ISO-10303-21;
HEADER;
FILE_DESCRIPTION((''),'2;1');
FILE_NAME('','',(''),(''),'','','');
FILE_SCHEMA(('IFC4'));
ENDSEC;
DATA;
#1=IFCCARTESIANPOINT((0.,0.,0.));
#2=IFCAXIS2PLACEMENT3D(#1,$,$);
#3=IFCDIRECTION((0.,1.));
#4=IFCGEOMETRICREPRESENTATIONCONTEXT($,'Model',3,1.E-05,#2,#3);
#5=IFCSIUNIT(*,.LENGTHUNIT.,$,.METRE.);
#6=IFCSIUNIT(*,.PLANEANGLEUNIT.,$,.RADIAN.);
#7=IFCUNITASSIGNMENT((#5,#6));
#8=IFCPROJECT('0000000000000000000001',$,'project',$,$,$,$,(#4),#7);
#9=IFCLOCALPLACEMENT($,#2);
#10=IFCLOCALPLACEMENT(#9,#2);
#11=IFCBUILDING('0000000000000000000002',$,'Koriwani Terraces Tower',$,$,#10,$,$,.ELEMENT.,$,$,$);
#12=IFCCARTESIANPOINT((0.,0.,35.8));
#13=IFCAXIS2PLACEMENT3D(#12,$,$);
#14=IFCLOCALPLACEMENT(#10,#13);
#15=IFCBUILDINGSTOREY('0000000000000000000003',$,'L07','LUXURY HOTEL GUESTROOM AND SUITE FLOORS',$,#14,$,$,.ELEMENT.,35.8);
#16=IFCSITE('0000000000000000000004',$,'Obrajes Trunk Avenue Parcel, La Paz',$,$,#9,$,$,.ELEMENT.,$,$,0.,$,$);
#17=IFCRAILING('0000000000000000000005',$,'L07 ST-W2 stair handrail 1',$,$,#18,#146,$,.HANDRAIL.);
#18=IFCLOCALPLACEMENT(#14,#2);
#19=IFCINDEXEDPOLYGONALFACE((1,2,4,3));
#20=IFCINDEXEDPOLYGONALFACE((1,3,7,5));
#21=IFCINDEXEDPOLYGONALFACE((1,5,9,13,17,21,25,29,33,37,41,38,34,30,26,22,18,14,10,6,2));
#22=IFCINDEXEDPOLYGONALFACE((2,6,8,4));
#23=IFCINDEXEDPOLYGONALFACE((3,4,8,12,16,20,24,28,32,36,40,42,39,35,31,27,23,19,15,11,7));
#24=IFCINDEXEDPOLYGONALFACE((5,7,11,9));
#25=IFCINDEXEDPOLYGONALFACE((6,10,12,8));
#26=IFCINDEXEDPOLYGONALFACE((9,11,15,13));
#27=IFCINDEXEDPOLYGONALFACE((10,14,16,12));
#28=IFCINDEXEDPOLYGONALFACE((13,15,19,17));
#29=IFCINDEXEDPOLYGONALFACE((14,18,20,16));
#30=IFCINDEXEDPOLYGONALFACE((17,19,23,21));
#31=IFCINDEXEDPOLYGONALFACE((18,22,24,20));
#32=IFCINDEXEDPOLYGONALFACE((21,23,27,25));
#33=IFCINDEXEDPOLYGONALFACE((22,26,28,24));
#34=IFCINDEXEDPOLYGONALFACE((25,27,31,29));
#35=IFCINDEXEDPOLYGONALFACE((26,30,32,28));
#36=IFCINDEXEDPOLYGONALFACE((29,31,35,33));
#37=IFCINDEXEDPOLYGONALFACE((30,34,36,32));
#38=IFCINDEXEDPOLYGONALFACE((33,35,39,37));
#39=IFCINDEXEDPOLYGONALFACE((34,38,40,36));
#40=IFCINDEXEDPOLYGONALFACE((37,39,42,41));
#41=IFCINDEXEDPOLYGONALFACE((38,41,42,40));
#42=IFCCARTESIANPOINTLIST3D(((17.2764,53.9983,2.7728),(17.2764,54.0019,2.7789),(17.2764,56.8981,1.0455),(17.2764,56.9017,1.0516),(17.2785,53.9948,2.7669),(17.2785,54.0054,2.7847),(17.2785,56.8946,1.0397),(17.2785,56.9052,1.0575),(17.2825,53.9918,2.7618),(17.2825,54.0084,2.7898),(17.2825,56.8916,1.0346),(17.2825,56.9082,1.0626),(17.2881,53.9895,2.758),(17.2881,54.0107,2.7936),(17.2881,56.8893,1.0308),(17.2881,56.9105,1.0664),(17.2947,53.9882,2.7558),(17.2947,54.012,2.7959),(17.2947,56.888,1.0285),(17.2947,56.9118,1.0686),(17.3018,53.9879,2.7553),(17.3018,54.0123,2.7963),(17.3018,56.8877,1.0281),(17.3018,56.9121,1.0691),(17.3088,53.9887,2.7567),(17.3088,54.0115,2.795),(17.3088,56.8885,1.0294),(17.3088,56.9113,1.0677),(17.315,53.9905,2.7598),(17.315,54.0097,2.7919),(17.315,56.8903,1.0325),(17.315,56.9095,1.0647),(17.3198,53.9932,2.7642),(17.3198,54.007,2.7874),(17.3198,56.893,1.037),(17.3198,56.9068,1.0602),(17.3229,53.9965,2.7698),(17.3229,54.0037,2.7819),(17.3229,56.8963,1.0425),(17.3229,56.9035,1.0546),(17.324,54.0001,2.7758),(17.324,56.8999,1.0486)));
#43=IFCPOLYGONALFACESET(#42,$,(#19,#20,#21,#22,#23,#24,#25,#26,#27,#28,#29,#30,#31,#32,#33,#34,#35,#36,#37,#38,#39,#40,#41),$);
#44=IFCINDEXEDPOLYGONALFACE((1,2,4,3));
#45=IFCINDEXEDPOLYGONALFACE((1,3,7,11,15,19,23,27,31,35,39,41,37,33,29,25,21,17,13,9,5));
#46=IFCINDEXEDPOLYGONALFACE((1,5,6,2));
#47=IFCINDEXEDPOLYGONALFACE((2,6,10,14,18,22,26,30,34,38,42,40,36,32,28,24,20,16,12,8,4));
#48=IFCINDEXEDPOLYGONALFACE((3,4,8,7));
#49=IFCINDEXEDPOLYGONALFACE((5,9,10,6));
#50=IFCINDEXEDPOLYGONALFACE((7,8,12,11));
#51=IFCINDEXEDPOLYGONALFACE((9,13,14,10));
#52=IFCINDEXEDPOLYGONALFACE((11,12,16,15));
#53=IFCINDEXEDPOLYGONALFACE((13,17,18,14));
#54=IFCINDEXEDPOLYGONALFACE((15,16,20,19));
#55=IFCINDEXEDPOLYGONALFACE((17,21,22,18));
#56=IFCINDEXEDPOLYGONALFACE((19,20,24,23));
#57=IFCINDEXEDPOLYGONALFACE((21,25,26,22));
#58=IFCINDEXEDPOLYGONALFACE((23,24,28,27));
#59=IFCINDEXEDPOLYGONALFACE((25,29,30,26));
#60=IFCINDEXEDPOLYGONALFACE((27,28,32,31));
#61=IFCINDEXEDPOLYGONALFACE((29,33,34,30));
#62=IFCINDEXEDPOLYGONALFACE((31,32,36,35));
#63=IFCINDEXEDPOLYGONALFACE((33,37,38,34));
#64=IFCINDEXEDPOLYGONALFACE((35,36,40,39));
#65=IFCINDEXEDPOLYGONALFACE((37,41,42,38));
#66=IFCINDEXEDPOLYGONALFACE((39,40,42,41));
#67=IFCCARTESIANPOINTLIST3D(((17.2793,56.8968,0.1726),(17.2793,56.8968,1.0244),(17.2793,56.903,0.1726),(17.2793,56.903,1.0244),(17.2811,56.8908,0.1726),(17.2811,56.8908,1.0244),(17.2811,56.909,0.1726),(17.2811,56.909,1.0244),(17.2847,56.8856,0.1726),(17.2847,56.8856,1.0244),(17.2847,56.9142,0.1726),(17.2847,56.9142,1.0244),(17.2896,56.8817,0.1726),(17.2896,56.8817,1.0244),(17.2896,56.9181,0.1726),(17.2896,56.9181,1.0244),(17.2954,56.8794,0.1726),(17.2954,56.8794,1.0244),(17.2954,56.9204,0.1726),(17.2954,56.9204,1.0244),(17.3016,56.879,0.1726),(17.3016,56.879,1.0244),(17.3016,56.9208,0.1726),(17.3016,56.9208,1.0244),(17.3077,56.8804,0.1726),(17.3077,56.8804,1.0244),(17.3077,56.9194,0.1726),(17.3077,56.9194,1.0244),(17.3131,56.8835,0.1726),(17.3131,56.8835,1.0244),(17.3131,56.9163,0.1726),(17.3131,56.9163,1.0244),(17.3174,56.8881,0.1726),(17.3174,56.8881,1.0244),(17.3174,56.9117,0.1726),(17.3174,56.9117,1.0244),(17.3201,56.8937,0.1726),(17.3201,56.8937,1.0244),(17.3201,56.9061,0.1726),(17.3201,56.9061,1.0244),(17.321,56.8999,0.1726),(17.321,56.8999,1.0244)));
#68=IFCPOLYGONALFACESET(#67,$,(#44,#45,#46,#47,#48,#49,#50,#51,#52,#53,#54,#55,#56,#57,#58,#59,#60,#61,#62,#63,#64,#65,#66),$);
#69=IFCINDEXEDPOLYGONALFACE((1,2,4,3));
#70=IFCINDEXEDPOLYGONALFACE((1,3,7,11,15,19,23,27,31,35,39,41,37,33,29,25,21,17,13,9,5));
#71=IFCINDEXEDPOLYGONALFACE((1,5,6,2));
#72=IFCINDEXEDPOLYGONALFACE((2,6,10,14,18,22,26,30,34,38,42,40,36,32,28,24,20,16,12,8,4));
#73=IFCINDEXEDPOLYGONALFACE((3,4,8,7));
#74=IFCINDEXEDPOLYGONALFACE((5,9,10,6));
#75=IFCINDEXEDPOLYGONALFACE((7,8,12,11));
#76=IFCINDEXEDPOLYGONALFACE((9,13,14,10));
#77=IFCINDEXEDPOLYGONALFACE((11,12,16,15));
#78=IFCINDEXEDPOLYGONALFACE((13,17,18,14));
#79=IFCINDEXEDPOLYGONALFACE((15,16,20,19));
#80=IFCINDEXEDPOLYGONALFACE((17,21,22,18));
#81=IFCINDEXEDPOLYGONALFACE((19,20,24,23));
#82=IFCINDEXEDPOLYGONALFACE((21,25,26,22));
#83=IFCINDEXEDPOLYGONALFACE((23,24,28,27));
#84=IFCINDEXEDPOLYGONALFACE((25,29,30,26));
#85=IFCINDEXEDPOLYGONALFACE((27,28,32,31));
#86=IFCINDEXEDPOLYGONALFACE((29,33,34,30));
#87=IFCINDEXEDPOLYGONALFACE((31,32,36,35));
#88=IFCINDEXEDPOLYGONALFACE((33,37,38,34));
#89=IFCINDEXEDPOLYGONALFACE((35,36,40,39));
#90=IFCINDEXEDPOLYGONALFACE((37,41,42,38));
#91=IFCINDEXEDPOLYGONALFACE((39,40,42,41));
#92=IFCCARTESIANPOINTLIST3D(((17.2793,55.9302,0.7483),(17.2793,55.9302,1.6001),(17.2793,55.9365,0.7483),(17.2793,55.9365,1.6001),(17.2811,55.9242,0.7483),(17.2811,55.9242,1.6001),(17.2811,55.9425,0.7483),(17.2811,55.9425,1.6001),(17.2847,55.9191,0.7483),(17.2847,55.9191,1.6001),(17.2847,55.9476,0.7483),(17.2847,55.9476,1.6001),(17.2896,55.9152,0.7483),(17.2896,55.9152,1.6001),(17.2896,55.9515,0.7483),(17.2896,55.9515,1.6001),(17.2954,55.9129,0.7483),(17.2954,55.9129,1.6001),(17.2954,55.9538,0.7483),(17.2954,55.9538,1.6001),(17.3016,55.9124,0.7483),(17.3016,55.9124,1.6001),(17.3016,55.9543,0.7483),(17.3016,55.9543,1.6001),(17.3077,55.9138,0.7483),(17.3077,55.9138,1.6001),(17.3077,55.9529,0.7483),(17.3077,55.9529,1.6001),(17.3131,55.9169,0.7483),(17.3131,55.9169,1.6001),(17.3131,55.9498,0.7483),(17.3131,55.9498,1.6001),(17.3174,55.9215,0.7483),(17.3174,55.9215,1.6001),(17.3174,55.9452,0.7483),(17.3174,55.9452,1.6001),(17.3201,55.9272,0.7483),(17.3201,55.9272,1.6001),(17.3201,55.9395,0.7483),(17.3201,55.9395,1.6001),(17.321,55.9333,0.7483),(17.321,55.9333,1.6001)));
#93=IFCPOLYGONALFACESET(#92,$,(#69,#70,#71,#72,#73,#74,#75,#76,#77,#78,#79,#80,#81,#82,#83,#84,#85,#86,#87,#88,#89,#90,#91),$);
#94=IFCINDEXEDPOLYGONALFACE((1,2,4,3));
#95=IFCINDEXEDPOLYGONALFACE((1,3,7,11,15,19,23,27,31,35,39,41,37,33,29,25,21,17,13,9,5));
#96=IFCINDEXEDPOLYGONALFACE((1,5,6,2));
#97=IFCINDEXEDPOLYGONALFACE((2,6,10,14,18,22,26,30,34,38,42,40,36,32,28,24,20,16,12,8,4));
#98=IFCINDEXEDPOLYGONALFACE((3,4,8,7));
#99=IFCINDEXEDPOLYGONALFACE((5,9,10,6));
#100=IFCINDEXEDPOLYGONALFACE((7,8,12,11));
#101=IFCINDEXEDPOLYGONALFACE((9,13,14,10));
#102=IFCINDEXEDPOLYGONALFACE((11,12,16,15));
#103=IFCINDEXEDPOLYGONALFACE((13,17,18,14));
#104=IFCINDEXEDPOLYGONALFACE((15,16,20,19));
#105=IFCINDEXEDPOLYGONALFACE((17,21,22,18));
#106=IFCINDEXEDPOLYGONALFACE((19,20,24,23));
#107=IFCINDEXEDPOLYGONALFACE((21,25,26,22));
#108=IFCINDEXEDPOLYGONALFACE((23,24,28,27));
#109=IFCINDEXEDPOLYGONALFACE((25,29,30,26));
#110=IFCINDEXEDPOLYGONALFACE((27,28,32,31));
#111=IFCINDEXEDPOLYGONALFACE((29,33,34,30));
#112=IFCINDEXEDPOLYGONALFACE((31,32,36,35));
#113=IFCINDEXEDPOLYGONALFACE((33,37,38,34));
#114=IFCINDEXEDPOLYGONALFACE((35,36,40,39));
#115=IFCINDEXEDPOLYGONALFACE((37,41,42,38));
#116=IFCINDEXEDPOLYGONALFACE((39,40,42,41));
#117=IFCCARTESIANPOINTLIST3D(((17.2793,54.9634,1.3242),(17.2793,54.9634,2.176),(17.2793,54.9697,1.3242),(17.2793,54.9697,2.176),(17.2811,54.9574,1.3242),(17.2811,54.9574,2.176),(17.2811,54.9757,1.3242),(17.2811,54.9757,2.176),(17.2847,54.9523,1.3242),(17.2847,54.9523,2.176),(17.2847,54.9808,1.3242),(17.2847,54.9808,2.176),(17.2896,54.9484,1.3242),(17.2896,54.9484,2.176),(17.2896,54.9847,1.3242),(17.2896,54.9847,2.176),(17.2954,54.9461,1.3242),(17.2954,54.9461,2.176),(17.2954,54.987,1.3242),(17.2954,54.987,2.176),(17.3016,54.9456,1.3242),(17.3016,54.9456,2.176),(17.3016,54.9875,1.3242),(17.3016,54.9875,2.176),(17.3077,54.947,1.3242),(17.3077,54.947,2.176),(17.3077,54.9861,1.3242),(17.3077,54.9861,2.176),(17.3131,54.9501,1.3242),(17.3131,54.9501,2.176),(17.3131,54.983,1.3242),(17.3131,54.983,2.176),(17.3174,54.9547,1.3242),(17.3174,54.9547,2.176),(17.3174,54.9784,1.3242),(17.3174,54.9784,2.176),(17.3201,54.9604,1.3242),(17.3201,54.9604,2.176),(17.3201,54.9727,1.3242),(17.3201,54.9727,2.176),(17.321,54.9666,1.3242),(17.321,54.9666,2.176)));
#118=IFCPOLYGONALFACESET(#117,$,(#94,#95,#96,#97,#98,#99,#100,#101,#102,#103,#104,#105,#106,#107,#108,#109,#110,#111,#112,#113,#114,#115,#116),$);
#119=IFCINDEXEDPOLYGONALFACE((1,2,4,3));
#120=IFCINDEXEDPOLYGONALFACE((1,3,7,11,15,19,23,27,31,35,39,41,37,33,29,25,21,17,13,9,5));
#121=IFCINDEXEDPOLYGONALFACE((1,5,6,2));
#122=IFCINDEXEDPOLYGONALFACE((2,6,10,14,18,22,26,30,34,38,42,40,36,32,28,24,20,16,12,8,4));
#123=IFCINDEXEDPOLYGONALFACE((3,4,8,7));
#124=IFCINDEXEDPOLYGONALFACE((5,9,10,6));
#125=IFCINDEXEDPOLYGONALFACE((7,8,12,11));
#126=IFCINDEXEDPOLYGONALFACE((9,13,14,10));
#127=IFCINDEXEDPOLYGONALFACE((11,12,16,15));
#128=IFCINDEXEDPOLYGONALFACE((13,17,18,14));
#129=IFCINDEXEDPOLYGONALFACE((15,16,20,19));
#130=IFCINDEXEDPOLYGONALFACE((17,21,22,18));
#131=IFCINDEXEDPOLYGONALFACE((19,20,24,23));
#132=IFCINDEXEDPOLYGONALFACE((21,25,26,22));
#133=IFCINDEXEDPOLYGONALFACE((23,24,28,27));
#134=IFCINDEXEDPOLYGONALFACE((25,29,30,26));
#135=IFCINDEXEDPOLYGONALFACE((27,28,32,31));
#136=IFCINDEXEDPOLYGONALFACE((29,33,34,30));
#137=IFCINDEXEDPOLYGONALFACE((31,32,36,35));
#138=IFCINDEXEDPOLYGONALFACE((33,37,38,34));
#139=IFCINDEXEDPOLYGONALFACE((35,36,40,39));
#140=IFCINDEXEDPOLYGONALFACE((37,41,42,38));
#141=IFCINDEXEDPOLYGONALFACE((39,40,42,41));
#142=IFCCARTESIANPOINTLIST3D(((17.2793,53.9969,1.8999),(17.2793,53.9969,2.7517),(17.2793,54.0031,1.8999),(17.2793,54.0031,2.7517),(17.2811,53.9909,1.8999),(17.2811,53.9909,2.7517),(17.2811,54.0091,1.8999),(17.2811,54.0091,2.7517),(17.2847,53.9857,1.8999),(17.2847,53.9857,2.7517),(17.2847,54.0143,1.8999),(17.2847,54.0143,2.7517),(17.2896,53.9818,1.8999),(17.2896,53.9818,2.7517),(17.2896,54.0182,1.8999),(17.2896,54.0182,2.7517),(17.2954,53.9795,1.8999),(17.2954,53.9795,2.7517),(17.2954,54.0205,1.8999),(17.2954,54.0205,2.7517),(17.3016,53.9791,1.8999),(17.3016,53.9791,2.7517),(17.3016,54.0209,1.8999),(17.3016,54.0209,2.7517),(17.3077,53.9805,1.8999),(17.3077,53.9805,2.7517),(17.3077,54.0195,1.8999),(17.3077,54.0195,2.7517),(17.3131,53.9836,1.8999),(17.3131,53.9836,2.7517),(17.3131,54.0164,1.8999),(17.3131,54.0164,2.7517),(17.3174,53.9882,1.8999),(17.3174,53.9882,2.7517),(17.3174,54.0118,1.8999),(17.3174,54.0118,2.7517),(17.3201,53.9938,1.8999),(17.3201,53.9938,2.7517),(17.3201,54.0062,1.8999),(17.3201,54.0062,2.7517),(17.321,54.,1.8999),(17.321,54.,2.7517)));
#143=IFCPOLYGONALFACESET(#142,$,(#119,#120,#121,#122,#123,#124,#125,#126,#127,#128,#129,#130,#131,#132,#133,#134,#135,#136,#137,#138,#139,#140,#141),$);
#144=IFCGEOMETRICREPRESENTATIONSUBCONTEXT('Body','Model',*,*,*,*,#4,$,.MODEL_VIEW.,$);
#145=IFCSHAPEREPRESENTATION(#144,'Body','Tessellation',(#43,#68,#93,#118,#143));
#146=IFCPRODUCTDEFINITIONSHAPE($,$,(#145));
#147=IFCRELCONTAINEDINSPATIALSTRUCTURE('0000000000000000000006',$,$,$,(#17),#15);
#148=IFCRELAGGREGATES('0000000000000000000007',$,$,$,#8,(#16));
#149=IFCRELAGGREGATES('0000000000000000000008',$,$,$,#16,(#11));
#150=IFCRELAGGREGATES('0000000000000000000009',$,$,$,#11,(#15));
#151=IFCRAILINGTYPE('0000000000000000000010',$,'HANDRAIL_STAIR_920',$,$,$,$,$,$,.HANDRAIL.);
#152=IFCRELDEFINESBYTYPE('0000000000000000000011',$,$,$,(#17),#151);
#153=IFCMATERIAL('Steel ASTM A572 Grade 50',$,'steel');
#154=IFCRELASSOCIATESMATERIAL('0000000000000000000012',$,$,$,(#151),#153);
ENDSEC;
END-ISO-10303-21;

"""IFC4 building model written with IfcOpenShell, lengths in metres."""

from ifc_helpers import new_model, si_unit, direction, frame, origin, origin_2d, place, context, subcontext, project, spatial, circle, extrude, material, type_object, element, save


model = new_model("IFC4")

# Units and contexts
model_context = context("Model", 3, precision=1e-05, world=origin(), true_north=direction((0.0, 1.0)))
body_context = subcontext(model_context, "Body", "Model", "MODEL_VIEW")
ifc_project = project(units=[si_unit("LENGTHUNIT", "METRE"), si_unit("PLANEANGLEUNIT", "RADIAN")], contexts=[model_context])

# Site, building, storey
site_placement = place(None, origin())
site = spatial("IfcSite", under=ifc_project, at=site_placement, Name="Obrajes Trunk Avenue Parcel, La Paz", CompositionType="ELEMENT", RefElevation=0.0)
building_placement = place(site_placement, origin())
building = spatial("IfcBuilding", under=site, at=building_placement, Name="Koriwani Terraces Tower", CompositionType="ELEMENT")
storey_placement = place(building_placement, frame((0.0, 0.0, 35.8)))
storey = spatial("IfcBuildingStorey", under=building, at=storey_placement, Name="L07", Description="LUXURY HOTEL GUESTROOM AND SUITE FLOORS", CompositionType="ELEMENT", Elevation=35.8)

# Shared definitions
ifc_material_1 = material(Name="Steel ASTM A572 Grade 50", Category="steel")

# Railing
railing_type_1 = type_object("IfcRailingType", Name="HANDRAIL_STAIR_920", PredefinedType="HANDRAIL", material=ifc_material_1)
for number, where, name in (
    (1, (17.3, 56.8999, 0.1726), "L07 ST-W2 stair handrail 1"),
):
    element("IfcRailing", number, at=place(storey_placement, frame(where)), inside=storey, type_object=railing_type_1, Name=name, PredefinedType="HANDRAIL", context=body_context, shape_type="SweptSolid", body=[
        extrude(circle(Radius=0.0239, at=origin_2d()), frame((0.0, 0.0, 0.876), z_axis=(0.0, -0.859141, 0.511738), x_axis=(1.0, 0.0, 0.0)), (0.0, 0.0, 1.0), 3.3752),
        extrude(circle(Radius=0.021, at=origin_2d()), origin(), (0.0, 0.0, 1.0), 0.8518),
        extrude(circle(Radius=0.021, at=origin_2d()), frame((0.0, -0.9666, 0.5757)), (0.0, 0.0, 1.0), 0.8518),
        extrude(circle(Radius=0.021, at=origin_2d()), frame((0.0, -1.9333, 1.1516)), (0.0, 0.0, 1.0), 0.8518),
        extrude(circle(Radius=0.021, at=origin_2d()), frame((0.0, -2.8999, 1.7273)), (0.0, 0.0, 1.0), 0.8518),
    ])

save(model, "model.ifc")
